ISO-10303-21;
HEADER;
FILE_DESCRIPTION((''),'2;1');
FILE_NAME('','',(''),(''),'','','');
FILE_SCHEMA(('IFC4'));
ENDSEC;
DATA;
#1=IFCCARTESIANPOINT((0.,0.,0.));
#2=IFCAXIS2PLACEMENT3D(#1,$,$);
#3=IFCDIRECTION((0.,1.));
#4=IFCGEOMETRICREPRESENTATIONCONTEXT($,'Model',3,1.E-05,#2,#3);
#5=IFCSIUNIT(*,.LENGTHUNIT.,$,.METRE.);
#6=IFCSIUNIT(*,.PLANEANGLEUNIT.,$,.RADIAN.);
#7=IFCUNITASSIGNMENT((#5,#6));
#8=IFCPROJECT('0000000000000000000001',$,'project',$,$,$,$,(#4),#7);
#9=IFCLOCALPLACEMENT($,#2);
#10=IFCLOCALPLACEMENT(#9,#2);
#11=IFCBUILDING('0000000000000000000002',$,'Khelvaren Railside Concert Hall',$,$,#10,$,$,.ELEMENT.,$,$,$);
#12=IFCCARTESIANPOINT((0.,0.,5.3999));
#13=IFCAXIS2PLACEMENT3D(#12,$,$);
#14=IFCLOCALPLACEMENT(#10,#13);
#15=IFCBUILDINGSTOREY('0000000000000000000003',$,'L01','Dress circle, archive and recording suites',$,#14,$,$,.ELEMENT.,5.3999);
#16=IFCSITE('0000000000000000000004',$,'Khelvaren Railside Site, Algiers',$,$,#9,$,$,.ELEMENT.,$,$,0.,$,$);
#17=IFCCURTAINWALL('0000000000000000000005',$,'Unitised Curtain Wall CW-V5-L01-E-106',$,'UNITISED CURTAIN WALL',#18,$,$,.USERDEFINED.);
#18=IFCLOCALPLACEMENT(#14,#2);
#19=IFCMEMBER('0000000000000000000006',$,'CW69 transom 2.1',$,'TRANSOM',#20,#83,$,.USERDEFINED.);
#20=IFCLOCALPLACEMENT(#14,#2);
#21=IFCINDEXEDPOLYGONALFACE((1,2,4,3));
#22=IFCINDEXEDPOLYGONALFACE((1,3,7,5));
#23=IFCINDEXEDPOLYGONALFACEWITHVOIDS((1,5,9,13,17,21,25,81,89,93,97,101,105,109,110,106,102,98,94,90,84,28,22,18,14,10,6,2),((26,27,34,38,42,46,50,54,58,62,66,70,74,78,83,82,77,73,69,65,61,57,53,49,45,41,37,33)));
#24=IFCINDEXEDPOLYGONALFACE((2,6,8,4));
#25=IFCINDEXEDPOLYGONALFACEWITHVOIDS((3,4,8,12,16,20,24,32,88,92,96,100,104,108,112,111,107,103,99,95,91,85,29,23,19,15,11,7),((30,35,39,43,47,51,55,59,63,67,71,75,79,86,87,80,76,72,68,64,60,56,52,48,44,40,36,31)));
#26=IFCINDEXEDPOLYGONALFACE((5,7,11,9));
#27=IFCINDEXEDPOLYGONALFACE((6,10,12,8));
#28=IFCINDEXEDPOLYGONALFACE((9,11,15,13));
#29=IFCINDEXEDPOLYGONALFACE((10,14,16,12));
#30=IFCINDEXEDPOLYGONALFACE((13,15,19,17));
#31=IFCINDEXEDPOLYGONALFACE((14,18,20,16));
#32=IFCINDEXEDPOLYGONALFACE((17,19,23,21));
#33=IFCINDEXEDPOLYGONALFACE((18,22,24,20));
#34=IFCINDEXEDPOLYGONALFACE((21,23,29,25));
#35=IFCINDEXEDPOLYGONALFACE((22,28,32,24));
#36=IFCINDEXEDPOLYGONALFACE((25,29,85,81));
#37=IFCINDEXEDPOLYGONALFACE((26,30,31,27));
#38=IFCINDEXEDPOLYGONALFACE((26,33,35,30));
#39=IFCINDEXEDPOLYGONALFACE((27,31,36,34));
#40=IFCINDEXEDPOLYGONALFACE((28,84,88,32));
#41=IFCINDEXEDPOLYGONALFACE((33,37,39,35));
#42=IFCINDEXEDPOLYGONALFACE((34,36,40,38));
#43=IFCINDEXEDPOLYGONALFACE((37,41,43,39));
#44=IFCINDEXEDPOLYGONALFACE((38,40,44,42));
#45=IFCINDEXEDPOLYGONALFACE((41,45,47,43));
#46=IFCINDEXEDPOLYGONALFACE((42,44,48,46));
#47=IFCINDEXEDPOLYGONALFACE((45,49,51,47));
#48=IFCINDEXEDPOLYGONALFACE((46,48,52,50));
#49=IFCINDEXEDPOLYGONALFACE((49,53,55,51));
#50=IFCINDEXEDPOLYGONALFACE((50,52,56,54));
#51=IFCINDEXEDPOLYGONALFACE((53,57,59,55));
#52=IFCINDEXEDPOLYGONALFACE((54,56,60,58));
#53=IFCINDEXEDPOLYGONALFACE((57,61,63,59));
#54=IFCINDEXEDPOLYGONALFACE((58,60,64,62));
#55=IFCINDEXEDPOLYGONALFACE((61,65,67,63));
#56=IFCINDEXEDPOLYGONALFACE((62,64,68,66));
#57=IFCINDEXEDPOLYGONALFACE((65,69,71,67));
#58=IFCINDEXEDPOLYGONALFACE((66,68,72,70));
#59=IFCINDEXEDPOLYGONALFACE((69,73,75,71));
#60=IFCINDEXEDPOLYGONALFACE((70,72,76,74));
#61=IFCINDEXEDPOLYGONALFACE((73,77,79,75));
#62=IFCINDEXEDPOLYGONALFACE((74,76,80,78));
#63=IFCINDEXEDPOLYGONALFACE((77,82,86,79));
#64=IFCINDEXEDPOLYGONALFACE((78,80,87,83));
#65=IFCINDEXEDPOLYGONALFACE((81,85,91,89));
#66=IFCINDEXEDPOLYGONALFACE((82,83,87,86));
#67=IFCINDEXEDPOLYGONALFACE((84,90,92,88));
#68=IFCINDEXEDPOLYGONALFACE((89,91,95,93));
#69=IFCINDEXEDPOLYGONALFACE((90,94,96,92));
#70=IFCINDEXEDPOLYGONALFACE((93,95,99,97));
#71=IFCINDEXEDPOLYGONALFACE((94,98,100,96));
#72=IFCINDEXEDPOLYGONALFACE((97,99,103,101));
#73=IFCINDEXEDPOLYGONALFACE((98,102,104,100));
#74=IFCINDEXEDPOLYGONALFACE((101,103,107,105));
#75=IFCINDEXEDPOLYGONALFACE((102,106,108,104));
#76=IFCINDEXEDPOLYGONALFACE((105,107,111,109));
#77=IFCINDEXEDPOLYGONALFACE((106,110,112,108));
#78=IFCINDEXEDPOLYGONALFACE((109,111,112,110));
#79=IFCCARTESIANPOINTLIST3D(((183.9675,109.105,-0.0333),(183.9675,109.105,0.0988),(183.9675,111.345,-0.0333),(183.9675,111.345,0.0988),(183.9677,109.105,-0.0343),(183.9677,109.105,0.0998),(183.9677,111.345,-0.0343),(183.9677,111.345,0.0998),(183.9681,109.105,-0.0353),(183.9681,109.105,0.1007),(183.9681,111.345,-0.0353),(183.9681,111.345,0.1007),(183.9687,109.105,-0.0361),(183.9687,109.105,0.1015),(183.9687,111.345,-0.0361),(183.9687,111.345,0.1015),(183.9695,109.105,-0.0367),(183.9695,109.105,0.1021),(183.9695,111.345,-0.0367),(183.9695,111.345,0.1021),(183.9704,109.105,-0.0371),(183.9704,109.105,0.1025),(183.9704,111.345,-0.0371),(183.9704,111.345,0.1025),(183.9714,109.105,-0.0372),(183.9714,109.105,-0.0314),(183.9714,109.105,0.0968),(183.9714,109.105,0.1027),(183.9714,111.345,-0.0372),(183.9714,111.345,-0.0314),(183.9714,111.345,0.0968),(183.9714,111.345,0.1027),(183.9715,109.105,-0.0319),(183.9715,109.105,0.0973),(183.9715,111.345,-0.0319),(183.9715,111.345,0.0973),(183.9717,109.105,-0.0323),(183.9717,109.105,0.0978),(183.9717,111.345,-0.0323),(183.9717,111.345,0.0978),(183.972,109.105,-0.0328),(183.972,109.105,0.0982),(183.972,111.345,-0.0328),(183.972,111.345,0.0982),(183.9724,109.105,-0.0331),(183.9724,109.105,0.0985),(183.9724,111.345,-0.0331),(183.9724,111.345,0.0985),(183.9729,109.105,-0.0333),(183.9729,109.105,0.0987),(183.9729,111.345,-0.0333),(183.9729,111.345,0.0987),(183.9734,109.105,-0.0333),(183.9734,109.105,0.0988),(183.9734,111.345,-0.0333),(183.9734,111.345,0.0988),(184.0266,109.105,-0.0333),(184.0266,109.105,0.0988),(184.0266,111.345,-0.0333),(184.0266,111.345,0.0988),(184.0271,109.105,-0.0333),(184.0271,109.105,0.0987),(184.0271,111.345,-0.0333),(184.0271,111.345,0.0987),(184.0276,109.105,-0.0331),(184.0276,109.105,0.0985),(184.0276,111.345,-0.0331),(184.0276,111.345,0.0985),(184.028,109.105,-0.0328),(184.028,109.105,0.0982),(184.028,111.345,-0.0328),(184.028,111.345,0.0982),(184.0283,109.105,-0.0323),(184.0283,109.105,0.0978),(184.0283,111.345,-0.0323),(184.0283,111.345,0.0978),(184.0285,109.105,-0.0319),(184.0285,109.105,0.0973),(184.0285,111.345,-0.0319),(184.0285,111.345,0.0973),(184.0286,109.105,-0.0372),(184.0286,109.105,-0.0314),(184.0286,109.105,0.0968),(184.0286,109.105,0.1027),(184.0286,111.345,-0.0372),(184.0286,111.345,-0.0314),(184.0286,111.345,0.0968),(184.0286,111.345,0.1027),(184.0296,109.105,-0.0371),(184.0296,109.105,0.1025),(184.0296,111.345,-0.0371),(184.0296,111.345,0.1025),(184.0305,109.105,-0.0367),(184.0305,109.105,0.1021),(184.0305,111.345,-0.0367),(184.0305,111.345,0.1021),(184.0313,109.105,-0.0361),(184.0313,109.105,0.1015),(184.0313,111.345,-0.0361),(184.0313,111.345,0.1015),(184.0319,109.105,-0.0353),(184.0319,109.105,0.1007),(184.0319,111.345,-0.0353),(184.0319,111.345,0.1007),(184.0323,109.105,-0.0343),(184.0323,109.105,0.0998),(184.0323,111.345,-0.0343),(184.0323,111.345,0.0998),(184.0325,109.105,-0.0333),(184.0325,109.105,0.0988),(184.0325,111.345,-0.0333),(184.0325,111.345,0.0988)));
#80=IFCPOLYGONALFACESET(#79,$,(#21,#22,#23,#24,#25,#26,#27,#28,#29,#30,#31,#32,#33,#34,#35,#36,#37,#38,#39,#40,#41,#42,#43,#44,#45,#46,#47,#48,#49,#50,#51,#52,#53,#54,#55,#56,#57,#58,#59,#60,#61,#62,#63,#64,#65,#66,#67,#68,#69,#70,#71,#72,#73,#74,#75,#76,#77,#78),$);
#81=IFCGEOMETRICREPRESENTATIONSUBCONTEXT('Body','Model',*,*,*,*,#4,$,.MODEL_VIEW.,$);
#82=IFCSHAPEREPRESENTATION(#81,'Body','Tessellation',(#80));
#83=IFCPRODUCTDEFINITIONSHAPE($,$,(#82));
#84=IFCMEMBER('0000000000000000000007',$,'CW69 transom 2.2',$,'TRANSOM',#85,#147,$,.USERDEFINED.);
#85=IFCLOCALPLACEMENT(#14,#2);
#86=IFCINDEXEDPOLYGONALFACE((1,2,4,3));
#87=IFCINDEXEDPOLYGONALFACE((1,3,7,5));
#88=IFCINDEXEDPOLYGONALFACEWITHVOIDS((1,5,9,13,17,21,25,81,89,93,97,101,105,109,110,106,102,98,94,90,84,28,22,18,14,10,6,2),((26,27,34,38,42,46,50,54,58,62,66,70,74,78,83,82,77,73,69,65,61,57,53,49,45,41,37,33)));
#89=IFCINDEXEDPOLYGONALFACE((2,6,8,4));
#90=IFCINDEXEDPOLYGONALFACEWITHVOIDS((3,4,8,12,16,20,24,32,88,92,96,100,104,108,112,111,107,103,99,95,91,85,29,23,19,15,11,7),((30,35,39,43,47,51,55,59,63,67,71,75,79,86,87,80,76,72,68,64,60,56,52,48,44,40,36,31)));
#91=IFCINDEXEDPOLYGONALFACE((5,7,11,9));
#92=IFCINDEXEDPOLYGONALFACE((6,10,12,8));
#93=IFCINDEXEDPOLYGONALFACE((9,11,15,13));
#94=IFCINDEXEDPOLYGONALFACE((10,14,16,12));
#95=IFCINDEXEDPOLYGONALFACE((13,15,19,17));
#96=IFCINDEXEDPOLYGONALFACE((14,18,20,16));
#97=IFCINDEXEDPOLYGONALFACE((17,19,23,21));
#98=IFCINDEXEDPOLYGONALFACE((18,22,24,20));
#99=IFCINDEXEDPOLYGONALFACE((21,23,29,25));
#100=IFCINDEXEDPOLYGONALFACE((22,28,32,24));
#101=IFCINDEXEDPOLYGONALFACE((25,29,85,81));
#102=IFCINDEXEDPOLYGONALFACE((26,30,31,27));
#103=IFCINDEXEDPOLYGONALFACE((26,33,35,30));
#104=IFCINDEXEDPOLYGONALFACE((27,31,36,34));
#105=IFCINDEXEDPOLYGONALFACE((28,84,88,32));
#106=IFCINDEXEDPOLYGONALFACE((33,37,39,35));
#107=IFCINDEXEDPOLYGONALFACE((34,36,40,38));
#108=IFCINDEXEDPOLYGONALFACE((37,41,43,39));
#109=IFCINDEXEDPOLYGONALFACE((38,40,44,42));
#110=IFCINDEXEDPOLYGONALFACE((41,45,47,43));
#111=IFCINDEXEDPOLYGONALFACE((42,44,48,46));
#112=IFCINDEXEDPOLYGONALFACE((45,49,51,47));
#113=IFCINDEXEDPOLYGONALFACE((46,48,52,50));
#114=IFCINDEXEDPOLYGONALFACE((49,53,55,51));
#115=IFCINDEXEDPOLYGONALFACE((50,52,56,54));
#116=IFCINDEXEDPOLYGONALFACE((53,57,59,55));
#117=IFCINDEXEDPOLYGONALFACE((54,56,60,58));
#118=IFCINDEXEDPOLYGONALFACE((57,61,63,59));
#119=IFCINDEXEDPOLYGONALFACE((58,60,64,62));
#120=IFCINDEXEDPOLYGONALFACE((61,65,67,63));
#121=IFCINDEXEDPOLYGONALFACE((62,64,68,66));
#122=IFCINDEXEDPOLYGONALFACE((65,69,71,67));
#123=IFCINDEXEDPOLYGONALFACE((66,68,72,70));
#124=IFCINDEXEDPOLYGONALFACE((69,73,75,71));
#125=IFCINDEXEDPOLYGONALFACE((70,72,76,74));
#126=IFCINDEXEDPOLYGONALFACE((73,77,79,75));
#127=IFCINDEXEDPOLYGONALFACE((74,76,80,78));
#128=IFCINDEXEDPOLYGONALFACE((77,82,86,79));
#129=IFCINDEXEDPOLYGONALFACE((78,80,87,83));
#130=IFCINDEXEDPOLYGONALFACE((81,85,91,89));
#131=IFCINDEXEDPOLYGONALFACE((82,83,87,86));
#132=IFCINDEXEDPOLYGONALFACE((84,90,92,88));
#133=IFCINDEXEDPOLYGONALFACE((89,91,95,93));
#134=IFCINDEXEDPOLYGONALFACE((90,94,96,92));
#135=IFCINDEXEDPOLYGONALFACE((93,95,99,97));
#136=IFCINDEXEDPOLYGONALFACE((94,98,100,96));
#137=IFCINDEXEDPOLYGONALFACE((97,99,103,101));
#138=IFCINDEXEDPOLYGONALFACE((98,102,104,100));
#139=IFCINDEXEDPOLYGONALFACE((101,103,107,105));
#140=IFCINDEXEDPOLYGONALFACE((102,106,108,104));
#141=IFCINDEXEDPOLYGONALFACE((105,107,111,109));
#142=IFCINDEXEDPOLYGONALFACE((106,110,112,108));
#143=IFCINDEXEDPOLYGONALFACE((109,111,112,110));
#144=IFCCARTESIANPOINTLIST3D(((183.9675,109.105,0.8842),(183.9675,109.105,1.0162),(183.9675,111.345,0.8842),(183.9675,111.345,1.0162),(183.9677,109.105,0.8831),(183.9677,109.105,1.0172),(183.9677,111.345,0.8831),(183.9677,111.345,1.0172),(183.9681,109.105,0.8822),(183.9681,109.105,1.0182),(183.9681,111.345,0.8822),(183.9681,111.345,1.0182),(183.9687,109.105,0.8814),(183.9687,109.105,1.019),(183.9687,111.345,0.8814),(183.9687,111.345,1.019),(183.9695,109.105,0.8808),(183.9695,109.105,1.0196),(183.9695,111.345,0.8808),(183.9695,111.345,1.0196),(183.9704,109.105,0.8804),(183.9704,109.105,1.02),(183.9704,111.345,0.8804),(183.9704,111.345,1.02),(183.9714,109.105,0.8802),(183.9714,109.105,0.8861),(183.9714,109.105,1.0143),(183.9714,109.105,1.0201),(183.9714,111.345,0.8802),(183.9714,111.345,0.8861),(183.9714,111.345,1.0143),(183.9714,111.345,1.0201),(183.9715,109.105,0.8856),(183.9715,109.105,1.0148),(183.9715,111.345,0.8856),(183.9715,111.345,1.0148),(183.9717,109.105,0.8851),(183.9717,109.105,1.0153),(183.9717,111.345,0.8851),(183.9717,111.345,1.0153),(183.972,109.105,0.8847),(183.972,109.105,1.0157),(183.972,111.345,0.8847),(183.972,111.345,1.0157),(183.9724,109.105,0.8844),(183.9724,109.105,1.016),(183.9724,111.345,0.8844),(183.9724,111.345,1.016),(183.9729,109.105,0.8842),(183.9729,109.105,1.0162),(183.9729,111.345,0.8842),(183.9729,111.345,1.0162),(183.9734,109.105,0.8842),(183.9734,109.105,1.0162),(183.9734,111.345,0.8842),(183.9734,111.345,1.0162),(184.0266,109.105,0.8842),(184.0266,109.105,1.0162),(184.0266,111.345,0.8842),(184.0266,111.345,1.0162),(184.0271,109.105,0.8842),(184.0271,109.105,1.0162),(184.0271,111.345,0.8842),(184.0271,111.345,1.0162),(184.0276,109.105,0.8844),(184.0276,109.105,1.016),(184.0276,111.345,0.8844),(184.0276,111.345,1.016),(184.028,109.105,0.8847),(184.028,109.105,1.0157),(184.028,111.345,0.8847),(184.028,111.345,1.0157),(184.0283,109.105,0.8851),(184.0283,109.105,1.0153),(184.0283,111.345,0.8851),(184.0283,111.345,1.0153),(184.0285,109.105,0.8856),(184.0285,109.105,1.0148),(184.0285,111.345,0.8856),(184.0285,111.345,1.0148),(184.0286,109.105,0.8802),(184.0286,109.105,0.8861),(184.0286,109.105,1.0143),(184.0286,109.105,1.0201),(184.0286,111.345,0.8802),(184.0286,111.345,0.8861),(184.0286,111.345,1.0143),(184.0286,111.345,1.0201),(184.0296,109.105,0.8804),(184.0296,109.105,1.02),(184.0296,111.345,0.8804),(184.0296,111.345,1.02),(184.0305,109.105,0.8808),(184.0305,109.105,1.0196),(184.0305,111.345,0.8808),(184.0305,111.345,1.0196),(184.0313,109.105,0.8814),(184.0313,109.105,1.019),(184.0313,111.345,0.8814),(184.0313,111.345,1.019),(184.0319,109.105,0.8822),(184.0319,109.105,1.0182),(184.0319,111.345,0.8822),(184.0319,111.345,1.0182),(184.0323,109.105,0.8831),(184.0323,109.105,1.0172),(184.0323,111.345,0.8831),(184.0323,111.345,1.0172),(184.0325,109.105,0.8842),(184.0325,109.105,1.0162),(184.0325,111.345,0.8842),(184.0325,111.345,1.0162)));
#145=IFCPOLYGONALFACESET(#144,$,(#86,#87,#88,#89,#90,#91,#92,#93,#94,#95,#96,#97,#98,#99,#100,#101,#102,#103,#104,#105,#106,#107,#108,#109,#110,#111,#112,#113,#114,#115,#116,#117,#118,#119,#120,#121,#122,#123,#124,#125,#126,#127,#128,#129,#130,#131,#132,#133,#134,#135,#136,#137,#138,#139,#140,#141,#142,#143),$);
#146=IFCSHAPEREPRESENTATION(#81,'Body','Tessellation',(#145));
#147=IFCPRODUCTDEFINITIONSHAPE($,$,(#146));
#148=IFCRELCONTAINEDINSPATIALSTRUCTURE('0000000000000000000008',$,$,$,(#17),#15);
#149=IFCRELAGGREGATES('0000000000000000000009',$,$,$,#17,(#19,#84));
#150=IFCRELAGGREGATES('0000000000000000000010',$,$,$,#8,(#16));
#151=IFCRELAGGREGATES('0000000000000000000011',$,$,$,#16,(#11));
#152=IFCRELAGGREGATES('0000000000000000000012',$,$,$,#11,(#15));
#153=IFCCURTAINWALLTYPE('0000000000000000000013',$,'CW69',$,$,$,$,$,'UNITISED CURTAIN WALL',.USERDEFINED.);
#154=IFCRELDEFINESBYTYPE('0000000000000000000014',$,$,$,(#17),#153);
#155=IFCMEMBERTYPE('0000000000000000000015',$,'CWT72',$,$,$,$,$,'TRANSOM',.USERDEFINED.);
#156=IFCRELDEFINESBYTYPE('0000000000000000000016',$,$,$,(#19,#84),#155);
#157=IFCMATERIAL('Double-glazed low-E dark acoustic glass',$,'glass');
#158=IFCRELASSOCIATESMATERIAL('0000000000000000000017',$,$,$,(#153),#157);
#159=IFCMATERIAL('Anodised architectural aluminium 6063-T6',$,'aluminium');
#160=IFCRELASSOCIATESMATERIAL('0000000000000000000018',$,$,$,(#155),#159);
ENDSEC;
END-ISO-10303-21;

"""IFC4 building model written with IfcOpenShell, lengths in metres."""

from ifc_helpers import new_model, si_unit, direction, frame, origin, origin_2d, place, context, subcontext, project, spatial, hollow_rectangle, extrude, material, material_profile, profile_set, type_object, element, aggregate, save


model = new_model("IFC4")

# Units and contexts
model_context = context("Model", 3, precision=1e-05, world=origin(), true_north=direction((0.0, 1.0)))
body_context = subcontext(model_context, "Body", "Model", "MODEL_VIEW")
ifc_project = project(units=[si_unit("LENGTHUNIT", "METRE"), si_unit("PLANEANGLEUNIT", "RADIAN")], contexts=[model_context])

# Site, building, storey
site_placement = place(None, origin())
site = spatial("IfcSite", under=ifc_project, at=site_placement, Name="Khelvaren Railside Site, Algiers", CompositionType="ELEMENT", RefElevation=0.0)
building_placement = place(site_placement, origin())
building = spatial("IfcBuilding", under=site, at=building_placement, Name="Khelvaren Railside Concert Hall", CompositionType="ELEMENT")
storey_placement = place(building_placement, frame((0.0, 0.0, 5.3999)))
storey = spatial("IfcBuildingStorey", under=building, at=storey_placement, Name="L01", Description="Dress circle, archive and recording suites", CompositionType="ELEMENT", Elevation=5.3999)

# Curtain wall, members
ifc_material_1 = material(Name="Double-glazed low-E dark acoustic glass", Category="glass")
curtain_wall_type = type_object("IfcCurtainWallType", Name="CW69", ElementType="UNITISED CURTAIN WALL", PredefinedType="USERDEFINED", material=ifc_material_1)
curtain_wall_placement = place(storey_placement, origin())
curtain_wall = element("IfcCurtainWall", 1, at=curtain_wall_placement, inside=storey, type_object=curtain_wall_type, Name="Unitised Curtain Wall CW-V5-L01-E-106", ObjectType="UNITISED CURTAIN WALL", PredefinedType="USERDEFINED")
ifc_material_2 = material(Name="Anodised architectural aluminium 6063-T6", Category="aluminium")
ifc_material_profile_1 = material_profile(ifc_material_2, hollow_rectangle(XDim=0.0649, YDim=0.1399, WallThickness=0.0039, InnerFilletRadius=0.002, OuterFilletRadius=0.0039, at=origin_2d()), Name="CWT 65x140x4")
ifc_profile_set_1 = profile_set([ifc_material_profile_1], Name="Anodised architectural aluminium 6063-T6")
member_type_1 = type_object("IfcMemberType", Name="CWT72", ElementType="TRANSOM", PredefinedType="USERDEFINED", material=ifc_profile_set_1)
member_1_placement = place(storey_placement, frame((184.0, 111.345, 0.0327), z_axis=(0.0, -1.0, 0.0), x_axis=(1.0, 0.0, 0.0)))
member_1 = element("IfcMember", 2, at=member_1_placement, type_object=member_type_1, Name="CW69 transom 2.1", ObjectType="TRANSOM", PredefinedType="USERDEFINED", context=body_context, shape_type="SweptSolid", body=[
    extrude(hollow_rectangle(XDim=0.0649, YDim=0.1399, WallThickness=0.0039, InnerFilletRadius=0.002, OuterFilletRadius=0.0039, at=origin_2d()), origin(), (0.0, 0.0, 1.0), 2.24),
])
member_2_placement = place(storey_placement, frame((184.0, 111.345, 0.9502), z_axis=(0.0, -1.0, 0.0), x_axis=(1.0, 0.0, 0.0)))
member_2 = element("IfcMember", 3, at=member_2_placement, type_object=member_type_1, Name="CW69 transom 2.2", ObjectType="TRANSOM", PredefinedType="USERDEFINED", context=body_context, shape_type="SweptSolid", body=[
    extrude(hollow_rectangle(XDim=0.0649, YDim=0.1399, WallThickness=0.0039, InnerFilletRadius=0.002, OuterFilletRadius=0.0039, at=origin_2d()), origin(), (0.0, 0.0, 1.0), 2.24),
])

aggregate(curtain_wall, [member_1, member_2])

save(model, "model.ifc")
